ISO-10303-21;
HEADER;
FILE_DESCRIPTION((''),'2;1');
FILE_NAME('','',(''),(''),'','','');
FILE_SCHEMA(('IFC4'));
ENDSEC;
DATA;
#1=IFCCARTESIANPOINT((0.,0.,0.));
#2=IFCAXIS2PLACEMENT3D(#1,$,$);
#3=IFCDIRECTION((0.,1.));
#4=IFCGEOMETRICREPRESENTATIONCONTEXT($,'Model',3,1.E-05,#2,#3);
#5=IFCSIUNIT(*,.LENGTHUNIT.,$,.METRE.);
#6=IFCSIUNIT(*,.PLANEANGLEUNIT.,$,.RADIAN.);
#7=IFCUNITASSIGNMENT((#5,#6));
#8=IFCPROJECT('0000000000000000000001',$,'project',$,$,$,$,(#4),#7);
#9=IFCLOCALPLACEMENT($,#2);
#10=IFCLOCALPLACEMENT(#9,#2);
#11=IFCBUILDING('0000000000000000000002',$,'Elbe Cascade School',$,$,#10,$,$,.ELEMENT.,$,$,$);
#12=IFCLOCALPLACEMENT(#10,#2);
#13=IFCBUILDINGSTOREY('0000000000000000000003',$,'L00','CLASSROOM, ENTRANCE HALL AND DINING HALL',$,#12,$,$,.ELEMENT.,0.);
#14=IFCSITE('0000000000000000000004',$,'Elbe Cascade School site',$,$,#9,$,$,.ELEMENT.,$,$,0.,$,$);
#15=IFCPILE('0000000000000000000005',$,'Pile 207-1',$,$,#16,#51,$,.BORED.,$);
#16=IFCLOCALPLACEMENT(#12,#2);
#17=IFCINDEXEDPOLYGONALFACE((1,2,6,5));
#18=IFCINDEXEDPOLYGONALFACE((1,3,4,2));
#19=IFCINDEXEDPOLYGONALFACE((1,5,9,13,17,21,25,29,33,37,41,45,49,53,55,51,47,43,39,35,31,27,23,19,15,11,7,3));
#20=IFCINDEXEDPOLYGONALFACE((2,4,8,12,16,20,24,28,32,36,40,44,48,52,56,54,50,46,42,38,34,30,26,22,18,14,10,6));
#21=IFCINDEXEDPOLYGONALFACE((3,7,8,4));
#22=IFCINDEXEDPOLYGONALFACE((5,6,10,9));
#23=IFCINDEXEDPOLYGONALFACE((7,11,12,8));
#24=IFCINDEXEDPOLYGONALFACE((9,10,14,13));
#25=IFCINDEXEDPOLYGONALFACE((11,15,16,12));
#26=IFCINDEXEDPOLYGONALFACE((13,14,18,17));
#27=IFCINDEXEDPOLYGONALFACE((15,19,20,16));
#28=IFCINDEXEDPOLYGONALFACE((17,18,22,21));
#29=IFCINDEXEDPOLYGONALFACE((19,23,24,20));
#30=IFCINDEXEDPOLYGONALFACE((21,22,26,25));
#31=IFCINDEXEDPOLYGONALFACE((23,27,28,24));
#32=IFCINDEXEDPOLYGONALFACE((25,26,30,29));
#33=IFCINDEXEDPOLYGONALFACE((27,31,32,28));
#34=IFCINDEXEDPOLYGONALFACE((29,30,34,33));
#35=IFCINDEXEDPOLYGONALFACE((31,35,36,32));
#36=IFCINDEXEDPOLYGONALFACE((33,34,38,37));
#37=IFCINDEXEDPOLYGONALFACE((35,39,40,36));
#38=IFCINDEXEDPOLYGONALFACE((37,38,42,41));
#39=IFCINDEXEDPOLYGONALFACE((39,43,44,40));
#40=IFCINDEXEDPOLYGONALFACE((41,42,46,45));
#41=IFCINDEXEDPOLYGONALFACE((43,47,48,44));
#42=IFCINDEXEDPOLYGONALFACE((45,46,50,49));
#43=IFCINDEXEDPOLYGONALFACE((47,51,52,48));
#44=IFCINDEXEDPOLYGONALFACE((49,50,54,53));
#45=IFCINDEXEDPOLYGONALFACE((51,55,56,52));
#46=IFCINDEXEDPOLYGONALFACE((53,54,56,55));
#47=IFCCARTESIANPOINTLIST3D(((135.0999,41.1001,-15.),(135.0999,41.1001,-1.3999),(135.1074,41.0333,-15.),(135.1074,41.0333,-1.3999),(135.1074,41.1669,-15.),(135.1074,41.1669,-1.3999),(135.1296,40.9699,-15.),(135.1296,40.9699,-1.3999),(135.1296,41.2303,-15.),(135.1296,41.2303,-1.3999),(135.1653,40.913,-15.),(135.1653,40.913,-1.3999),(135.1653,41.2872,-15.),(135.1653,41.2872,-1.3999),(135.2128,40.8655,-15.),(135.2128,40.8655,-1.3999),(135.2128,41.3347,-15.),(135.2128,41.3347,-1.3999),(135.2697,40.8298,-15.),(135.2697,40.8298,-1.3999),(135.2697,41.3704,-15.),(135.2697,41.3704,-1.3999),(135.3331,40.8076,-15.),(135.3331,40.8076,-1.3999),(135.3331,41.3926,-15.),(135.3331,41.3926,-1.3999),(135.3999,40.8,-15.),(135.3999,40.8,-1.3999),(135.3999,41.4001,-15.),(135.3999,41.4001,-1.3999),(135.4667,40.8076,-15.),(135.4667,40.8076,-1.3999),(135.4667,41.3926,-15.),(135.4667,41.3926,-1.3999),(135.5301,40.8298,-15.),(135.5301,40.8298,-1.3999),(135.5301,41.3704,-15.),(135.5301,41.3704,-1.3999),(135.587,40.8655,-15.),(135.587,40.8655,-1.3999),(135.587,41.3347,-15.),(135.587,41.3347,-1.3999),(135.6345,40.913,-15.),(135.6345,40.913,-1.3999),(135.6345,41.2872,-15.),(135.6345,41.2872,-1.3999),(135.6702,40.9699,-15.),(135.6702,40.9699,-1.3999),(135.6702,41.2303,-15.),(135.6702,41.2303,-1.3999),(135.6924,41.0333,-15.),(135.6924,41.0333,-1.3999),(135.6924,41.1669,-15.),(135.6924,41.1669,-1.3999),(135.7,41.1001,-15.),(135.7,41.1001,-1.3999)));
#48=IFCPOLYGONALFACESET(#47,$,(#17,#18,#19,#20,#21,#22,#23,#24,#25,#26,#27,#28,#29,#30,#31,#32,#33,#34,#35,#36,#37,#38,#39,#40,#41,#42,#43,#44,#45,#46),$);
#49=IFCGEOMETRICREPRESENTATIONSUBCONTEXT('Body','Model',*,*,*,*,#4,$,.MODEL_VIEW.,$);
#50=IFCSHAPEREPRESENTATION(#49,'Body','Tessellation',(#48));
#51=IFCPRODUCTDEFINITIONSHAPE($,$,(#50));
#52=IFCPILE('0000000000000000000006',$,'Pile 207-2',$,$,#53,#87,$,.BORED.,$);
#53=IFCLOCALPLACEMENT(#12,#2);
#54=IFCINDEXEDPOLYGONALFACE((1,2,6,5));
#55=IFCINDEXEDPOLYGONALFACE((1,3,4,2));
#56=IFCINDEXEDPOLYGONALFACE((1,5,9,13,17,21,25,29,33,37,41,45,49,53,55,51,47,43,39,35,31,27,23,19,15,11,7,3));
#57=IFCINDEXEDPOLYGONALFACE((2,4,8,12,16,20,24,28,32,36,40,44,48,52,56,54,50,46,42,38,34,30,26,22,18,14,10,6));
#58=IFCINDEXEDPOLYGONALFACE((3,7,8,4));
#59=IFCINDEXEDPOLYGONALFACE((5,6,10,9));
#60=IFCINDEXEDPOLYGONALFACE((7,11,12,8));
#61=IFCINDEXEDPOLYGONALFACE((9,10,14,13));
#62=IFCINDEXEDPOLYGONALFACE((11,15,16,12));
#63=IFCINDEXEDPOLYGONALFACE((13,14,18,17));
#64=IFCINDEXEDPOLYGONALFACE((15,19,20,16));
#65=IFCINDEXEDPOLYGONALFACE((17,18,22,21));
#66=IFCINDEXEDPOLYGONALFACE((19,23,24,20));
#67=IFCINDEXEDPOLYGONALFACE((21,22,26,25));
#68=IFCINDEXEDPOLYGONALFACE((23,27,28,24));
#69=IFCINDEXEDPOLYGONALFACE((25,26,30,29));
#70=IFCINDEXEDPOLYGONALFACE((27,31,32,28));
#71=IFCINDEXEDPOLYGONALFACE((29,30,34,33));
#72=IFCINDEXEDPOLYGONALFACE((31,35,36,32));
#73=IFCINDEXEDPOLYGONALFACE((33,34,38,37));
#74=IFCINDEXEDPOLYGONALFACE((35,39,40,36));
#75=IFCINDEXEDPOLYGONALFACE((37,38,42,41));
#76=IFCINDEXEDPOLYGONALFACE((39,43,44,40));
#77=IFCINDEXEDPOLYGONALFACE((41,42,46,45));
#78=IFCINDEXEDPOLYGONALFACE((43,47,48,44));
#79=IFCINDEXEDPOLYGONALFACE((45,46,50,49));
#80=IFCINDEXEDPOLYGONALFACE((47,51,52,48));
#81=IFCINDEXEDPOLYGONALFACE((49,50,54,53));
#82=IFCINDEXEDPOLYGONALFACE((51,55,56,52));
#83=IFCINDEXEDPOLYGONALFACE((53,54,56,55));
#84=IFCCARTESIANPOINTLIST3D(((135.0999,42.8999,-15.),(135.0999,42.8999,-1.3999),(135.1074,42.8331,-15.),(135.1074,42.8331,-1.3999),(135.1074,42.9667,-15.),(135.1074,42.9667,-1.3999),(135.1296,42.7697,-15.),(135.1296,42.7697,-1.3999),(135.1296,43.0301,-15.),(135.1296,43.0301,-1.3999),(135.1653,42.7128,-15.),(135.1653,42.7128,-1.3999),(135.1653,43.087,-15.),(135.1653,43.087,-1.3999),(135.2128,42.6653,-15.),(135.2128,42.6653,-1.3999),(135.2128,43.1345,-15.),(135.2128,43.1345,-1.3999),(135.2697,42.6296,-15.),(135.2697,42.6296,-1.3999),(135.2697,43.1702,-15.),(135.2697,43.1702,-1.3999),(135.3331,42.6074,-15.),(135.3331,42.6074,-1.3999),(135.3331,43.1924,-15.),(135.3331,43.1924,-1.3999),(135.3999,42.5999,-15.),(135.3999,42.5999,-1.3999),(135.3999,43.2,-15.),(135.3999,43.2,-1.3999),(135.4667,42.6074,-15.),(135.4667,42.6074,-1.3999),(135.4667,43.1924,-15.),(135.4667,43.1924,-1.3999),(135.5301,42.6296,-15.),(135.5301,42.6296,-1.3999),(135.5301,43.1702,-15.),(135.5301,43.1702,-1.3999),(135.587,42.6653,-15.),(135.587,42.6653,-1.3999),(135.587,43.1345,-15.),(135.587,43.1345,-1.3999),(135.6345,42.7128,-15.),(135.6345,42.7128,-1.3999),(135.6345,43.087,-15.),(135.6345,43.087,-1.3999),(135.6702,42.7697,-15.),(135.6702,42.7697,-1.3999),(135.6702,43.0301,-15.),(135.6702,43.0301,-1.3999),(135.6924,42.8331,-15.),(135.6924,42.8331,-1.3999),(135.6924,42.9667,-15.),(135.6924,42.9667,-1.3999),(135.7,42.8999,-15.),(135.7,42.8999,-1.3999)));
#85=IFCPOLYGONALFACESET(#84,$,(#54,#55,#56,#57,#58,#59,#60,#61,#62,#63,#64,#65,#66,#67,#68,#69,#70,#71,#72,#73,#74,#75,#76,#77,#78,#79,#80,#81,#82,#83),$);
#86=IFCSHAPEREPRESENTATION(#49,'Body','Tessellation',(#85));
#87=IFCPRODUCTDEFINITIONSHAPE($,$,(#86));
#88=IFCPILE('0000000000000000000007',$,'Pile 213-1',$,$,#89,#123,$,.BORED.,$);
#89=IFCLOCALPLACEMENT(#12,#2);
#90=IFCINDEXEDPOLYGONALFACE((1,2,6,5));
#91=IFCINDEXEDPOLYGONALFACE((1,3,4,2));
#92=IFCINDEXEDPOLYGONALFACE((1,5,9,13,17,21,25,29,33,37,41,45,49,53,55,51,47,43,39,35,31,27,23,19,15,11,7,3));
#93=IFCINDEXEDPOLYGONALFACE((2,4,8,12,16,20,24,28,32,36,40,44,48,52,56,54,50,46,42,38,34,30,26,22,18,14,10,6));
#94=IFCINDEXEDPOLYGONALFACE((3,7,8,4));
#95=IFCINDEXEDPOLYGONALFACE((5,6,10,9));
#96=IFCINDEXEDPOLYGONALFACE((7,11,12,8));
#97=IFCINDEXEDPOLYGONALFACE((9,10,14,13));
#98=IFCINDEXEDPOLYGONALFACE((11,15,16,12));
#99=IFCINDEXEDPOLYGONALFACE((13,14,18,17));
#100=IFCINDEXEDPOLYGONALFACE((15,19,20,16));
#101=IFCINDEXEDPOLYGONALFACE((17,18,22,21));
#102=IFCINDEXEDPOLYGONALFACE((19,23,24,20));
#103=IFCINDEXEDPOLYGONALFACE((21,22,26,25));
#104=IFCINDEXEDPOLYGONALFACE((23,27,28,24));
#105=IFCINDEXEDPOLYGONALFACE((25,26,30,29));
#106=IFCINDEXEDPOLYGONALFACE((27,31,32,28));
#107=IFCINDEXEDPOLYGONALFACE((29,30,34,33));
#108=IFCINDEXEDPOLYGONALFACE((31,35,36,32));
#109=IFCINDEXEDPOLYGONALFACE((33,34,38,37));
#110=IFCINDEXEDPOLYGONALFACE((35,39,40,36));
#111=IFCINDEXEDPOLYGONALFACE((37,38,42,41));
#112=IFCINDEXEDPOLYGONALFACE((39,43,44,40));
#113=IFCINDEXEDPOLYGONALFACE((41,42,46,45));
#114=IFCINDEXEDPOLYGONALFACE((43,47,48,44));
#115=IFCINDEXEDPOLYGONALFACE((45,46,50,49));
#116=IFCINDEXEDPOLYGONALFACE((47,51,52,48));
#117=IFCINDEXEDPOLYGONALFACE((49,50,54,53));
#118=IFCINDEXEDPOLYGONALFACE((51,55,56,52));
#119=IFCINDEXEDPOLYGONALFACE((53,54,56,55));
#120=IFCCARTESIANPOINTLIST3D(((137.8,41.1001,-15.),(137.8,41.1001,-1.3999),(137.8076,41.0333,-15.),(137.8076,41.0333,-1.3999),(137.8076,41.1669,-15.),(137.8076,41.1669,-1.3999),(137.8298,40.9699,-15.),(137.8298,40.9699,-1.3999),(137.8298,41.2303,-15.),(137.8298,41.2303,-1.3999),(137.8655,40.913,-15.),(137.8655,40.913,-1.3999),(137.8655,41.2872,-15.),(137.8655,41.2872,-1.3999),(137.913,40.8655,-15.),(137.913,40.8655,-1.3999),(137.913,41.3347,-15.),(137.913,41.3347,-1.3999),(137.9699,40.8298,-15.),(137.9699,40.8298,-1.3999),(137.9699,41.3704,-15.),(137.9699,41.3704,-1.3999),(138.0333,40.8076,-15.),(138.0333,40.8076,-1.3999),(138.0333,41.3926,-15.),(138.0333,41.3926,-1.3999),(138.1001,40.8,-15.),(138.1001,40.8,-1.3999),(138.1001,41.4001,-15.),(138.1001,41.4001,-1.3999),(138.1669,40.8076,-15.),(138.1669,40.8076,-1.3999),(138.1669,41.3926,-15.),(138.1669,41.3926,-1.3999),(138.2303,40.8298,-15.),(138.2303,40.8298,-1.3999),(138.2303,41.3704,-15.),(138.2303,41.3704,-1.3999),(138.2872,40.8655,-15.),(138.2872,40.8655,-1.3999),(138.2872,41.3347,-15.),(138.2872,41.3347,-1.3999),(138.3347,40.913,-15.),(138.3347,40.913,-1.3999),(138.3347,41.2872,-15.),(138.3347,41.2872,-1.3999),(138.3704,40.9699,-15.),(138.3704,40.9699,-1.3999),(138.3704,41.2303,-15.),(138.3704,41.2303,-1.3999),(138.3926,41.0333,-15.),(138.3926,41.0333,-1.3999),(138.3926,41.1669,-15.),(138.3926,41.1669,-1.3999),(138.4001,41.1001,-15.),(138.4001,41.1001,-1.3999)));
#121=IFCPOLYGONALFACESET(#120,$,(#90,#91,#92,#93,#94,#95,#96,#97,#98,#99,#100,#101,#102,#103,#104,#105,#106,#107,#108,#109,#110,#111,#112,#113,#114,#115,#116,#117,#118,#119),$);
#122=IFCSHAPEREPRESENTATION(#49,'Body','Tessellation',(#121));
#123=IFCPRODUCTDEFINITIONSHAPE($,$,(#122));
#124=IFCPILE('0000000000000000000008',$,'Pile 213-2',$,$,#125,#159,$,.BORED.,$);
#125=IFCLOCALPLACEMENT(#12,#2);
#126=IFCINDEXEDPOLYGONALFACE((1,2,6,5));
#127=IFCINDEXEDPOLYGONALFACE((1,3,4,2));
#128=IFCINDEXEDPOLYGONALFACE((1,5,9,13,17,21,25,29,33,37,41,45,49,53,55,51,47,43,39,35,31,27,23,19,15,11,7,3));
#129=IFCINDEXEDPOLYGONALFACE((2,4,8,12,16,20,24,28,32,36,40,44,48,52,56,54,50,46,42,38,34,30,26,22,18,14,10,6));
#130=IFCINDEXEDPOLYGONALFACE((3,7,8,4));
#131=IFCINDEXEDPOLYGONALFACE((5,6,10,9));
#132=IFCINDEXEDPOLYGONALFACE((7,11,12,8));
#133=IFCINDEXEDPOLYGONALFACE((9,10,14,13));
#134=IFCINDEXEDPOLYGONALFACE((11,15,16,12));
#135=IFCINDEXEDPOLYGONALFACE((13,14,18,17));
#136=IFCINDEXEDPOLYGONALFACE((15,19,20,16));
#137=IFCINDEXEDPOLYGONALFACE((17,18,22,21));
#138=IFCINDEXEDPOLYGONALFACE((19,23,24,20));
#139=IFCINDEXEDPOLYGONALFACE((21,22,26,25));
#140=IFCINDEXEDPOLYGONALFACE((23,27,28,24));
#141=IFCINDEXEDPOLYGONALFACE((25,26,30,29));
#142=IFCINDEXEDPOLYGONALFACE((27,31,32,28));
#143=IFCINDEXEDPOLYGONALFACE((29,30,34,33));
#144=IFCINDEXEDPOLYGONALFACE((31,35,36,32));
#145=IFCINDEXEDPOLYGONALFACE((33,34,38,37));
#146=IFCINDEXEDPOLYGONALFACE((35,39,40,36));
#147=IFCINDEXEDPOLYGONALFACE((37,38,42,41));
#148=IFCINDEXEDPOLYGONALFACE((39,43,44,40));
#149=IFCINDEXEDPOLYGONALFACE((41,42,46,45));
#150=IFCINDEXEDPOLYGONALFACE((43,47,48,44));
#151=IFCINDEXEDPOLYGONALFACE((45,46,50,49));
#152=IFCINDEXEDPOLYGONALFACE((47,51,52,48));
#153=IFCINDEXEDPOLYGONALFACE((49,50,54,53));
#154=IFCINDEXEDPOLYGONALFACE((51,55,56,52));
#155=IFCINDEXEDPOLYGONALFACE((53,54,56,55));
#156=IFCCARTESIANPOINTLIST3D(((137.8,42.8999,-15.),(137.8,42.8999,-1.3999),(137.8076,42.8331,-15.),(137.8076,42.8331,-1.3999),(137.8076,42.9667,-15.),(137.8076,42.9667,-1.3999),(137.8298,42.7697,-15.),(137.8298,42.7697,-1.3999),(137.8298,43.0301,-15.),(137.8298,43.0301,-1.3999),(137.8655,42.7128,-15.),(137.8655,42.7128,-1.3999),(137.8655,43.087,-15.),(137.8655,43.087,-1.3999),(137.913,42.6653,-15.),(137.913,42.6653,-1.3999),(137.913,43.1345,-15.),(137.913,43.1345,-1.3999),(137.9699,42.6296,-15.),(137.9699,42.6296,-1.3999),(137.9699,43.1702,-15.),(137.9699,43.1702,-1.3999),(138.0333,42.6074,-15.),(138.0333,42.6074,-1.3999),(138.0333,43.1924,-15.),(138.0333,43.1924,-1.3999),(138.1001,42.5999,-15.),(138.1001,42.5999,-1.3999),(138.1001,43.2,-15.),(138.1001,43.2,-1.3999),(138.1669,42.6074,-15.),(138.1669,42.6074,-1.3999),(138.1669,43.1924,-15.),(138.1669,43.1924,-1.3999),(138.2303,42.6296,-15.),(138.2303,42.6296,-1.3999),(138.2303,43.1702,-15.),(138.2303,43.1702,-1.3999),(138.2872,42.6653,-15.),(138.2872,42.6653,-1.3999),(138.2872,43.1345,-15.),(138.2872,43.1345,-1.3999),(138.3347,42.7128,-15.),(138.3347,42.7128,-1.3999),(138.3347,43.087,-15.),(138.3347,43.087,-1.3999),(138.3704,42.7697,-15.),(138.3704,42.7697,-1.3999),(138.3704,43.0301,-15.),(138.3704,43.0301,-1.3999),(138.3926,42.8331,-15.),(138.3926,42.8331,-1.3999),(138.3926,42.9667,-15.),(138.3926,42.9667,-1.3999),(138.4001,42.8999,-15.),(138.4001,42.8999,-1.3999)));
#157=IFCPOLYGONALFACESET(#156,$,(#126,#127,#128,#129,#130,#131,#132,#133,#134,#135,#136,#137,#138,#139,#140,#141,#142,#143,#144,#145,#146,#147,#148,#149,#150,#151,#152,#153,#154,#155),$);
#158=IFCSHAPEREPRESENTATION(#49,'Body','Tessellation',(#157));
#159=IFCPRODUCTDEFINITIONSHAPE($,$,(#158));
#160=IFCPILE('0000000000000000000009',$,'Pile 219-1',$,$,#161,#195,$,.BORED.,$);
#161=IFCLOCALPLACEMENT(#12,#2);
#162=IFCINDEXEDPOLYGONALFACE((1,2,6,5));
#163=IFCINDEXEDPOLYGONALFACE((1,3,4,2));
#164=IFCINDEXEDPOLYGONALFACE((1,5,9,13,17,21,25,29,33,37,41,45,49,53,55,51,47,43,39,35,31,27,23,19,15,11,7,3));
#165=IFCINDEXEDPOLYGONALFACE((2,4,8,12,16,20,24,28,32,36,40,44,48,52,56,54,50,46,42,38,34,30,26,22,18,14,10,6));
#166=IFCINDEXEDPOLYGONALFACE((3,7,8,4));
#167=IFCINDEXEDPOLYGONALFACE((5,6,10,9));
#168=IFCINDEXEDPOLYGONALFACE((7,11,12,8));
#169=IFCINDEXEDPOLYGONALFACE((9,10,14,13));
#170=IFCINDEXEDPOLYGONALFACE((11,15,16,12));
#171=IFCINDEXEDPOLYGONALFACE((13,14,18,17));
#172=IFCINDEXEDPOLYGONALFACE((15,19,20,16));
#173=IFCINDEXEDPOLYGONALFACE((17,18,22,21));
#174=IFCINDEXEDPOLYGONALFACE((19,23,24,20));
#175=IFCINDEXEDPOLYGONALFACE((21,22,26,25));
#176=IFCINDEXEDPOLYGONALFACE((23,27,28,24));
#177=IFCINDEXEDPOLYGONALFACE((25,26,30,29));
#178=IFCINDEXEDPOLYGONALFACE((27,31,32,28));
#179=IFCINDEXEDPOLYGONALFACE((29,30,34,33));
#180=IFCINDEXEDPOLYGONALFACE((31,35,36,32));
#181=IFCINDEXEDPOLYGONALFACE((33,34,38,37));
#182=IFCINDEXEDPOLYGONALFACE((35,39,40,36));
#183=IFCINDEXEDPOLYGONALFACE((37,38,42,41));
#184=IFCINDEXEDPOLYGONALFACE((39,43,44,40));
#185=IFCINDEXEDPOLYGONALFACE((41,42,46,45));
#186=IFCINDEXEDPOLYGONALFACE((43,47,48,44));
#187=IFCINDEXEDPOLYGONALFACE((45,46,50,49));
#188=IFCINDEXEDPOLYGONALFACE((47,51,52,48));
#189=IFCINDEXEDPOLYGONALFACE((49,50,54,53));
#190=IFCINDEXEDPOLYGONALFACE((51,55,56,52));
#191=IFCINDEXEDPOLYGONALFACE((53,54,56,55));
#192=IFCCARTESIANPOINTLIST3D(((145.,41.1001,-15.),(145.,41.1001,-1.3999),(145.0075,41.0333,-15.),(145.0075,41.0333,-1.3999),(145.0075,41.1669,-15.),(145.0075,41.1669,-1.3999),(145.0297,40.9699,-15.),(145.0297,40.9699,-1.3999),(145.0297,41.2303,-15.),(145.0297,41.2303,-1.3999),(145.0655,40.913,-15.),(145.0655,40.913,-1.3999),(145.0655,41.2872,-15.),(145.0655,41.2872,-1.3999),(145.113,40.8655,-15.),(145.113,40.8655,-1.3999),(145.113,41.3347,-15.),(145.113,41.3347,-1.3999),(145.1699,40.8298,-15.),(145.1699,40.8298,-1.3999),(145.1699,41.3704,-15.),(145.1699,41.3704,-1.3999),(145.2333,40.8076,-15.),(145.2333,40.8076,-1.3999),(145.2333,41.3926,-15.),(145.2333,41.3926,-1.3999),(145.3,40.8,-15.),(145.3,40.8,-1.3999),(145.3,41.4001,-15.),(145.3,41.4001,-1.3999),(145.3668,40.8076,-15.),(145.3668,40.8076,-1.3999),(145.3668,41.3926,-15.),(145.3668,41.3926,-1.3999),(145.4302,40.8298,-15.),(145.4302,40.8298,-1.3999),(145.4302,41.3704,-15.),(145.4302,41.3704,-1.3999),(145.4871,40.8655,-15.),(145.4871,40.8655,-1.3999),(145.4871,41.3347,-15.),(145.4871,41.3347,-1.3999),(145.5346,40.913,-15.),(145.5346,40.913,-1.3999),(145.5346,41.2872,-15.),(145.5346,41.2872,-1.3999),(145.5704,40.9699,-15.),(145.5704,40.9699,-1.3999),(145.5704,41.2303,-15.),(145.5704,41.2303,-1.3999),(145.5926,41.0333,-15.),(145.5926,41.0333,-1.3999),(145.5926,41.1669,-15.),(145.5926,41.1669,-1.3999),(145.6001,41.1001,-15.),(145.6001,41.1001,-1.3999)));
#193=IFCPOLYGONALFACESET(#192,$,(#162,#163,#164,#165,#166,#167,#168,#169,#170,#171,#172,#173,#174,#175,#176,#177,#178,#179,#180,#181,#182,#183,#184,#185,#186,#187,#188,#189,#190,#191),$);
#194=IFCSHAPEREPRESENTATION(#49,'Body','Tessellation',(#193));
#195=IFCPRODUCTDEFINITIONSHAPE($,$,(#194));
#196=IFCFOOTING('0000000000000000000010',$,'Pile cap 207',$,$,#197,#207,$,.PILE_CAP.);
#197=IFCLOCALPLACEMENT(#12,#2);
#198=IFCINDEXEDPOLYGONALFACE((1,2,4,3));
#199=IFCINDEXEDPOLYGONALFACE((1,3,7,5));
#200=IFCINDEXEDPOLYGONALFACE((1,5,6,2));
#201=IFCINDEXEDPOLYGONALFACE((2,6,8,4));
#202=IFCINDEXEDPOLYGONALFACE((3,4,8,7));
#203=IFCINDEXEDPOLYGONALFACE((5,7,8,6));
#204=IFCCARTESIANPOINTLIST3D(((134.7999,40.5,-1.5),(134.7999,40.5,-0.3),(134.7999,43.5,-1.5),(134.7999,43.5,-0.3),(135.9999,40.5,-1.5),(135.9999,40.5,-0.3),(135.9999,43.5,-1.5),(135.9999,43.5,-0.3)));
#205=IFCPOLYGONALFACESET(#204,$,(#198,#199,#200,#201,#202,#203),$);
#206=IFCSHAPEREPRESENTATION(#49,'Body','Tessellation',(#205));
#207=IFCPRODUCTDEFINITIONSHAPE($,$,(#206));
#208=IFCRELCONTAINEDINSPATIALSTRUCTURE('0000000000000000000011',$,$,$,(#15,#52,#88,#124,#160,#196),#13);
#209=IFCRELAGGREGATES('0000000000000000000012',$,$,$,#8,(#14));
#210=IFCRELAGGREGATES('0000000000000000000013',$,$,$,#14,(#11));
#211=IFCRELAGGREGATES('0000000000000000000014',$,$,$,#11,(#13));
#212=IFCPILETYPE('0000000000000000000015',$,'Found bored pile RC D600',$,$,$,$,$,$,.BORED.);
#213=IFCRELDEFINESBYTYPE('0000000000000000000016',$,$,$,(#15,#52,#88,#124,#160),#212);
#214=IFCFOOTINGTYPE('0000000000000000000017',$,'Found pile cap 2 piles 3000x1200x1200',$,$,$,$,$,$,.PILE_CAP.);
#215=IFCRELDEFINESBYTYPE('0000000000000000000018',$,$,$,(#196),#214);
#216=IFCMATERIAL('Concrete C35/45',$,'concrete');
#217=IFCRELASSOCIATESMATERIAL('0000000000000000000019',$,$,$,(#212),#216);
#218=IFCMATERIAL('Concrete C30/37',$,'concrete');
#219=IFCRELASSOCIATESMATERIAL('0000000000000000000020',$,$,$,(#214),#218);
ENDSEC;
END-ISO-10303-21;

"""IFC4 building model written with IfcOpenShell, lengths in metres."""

from ifc_helpers import new_model, si_unit, direction, frame, origin, origin_2d, place, context, subcontext, project, spatial, rectangle, circle, extrude, material, material_profile, profile_set, type_object, element, save


model = new_model("IFC4")

# Units and contexts
model_context = context("Model", 3, precision=1e-05, world=origin(), true_north=direction((0.0, 1.0)))
body_context = subcontext(model_context, "Body", "Model", "MODEL_VIEW")
ifc_project = project(units=[si_unit("LENGTHUNIT", "METRE"), si_unit("PLANEANGLEUNIT", "RADIAN")], contexts=[model_context])

# Site, building, storey
site_placement = place(None, origin())
site = spatial("IfcSite", under=ifc_project, at=site_placement, Name="Elbe Cascade School site", CompositionType="ELEMENT", RefElevation=0.0)
building_placement = place(site_placement, origin())
building = spatial("IfcBuilding", under=site, at=building_placement, Name="Elbe Cascade School", CompositionType="ELEMENT")
storey_placement = place(building_placement, origin())
storey = spatial("IfcBuildingStorey", under=building, at=storey_placement, Name="L00", Description="CLASSROOM, ENTRANCE HALL AND DINING HALL", CompositionType="ELEMENT", Elevation=0.0)

# Piles
ifc_material_1 = material(Name="Concrete C35/45", Category="concrete")
ifc_material_profile_1 = material_profile(ifc_material_1, circle(Radius=0.3, at=origin_2d()), Name="RC D600")
ifc_profile_set_1 = profile_set([ifc_material_profile_1], Name="Concrete C35/45")
pile_type = type_object("IfcPileType", Name="Found bored pile RC D600", PredefinedType="BORED", material=ifc_profile_set_1)
for number, where, z_axis, x_axis, name in (
    (1, (135.3999, 41.1001, -1.3999), (0.0, 0.0, -1.0), (1.0, 0.0, 0.0), "Pile 207-1"),
    (2, (135.3999, 42.8999, -1.3999), (0.0, 0.0, -1.0), (1.0, 0.0, 0.0), "Pile 207-2"),
    (3, (138.1001, 41.1001, -1.3999), (0.0, 0.0, -1.0), (1.0, 0.0, 0.0), "Pile 213-1"),
    (4, (138.1001, 42.8999, -1.3999), (0.0, 0.0, -1.0), (1.0, 0.0, 0.0), "Pile 213-2"),
    (5, (145.3, 41.1001, -1.3999), (0.0, 0.0, -1.0), (1.0, 0.0, 0.0), "Pile 219-1"),
):
    element("IfcPile", number, at=place(storey_placement, frame(where, z_axis=z_axis, x_axis=x_axis)), inside=storey, type_object=pile_type, Name=name, PredefinedType="BORED", context=body_context, shape_type="SweptSolid", body=[
        extrude(circle(Radius=0.3, at=origin_2d()), origin(), (0.0, 0.0, 1.0), 13.6001),
    ])

# Footing
ifc_material_2 = material(Name="Concrete C30/37", Category="concrete")
footing_type = type_object("IfcFootingType", Name="Found pile cap 2 piles 3000x1200x1200", PredefinedType="PILE_CAP", material=ifc_material_2)
for number, where, z_axis, x_axis, name in (
    (6, (135.3999, 42.0, -1.5), (0.0, 0.0, 1.0), (1.0, 0.0, 0.0), "Pile cap 207"),
):
    element("IfcFooting", number, at=place(storey_placement, frame(where, z_axis=z_axis, x_axis=x_axis)), inside=storey, type_object=footing_type, Name=name, PredefinedType="PILE_CAP", context=body_context, shape_type="SweptSolid", body=[
        extrude(rectangle(XDim=1.2, YDim=3.0, at=origin_2d()), origin(), (0.0, 0.0, 1.0), 1.2),
    ])

save(model, "model.ifc")
